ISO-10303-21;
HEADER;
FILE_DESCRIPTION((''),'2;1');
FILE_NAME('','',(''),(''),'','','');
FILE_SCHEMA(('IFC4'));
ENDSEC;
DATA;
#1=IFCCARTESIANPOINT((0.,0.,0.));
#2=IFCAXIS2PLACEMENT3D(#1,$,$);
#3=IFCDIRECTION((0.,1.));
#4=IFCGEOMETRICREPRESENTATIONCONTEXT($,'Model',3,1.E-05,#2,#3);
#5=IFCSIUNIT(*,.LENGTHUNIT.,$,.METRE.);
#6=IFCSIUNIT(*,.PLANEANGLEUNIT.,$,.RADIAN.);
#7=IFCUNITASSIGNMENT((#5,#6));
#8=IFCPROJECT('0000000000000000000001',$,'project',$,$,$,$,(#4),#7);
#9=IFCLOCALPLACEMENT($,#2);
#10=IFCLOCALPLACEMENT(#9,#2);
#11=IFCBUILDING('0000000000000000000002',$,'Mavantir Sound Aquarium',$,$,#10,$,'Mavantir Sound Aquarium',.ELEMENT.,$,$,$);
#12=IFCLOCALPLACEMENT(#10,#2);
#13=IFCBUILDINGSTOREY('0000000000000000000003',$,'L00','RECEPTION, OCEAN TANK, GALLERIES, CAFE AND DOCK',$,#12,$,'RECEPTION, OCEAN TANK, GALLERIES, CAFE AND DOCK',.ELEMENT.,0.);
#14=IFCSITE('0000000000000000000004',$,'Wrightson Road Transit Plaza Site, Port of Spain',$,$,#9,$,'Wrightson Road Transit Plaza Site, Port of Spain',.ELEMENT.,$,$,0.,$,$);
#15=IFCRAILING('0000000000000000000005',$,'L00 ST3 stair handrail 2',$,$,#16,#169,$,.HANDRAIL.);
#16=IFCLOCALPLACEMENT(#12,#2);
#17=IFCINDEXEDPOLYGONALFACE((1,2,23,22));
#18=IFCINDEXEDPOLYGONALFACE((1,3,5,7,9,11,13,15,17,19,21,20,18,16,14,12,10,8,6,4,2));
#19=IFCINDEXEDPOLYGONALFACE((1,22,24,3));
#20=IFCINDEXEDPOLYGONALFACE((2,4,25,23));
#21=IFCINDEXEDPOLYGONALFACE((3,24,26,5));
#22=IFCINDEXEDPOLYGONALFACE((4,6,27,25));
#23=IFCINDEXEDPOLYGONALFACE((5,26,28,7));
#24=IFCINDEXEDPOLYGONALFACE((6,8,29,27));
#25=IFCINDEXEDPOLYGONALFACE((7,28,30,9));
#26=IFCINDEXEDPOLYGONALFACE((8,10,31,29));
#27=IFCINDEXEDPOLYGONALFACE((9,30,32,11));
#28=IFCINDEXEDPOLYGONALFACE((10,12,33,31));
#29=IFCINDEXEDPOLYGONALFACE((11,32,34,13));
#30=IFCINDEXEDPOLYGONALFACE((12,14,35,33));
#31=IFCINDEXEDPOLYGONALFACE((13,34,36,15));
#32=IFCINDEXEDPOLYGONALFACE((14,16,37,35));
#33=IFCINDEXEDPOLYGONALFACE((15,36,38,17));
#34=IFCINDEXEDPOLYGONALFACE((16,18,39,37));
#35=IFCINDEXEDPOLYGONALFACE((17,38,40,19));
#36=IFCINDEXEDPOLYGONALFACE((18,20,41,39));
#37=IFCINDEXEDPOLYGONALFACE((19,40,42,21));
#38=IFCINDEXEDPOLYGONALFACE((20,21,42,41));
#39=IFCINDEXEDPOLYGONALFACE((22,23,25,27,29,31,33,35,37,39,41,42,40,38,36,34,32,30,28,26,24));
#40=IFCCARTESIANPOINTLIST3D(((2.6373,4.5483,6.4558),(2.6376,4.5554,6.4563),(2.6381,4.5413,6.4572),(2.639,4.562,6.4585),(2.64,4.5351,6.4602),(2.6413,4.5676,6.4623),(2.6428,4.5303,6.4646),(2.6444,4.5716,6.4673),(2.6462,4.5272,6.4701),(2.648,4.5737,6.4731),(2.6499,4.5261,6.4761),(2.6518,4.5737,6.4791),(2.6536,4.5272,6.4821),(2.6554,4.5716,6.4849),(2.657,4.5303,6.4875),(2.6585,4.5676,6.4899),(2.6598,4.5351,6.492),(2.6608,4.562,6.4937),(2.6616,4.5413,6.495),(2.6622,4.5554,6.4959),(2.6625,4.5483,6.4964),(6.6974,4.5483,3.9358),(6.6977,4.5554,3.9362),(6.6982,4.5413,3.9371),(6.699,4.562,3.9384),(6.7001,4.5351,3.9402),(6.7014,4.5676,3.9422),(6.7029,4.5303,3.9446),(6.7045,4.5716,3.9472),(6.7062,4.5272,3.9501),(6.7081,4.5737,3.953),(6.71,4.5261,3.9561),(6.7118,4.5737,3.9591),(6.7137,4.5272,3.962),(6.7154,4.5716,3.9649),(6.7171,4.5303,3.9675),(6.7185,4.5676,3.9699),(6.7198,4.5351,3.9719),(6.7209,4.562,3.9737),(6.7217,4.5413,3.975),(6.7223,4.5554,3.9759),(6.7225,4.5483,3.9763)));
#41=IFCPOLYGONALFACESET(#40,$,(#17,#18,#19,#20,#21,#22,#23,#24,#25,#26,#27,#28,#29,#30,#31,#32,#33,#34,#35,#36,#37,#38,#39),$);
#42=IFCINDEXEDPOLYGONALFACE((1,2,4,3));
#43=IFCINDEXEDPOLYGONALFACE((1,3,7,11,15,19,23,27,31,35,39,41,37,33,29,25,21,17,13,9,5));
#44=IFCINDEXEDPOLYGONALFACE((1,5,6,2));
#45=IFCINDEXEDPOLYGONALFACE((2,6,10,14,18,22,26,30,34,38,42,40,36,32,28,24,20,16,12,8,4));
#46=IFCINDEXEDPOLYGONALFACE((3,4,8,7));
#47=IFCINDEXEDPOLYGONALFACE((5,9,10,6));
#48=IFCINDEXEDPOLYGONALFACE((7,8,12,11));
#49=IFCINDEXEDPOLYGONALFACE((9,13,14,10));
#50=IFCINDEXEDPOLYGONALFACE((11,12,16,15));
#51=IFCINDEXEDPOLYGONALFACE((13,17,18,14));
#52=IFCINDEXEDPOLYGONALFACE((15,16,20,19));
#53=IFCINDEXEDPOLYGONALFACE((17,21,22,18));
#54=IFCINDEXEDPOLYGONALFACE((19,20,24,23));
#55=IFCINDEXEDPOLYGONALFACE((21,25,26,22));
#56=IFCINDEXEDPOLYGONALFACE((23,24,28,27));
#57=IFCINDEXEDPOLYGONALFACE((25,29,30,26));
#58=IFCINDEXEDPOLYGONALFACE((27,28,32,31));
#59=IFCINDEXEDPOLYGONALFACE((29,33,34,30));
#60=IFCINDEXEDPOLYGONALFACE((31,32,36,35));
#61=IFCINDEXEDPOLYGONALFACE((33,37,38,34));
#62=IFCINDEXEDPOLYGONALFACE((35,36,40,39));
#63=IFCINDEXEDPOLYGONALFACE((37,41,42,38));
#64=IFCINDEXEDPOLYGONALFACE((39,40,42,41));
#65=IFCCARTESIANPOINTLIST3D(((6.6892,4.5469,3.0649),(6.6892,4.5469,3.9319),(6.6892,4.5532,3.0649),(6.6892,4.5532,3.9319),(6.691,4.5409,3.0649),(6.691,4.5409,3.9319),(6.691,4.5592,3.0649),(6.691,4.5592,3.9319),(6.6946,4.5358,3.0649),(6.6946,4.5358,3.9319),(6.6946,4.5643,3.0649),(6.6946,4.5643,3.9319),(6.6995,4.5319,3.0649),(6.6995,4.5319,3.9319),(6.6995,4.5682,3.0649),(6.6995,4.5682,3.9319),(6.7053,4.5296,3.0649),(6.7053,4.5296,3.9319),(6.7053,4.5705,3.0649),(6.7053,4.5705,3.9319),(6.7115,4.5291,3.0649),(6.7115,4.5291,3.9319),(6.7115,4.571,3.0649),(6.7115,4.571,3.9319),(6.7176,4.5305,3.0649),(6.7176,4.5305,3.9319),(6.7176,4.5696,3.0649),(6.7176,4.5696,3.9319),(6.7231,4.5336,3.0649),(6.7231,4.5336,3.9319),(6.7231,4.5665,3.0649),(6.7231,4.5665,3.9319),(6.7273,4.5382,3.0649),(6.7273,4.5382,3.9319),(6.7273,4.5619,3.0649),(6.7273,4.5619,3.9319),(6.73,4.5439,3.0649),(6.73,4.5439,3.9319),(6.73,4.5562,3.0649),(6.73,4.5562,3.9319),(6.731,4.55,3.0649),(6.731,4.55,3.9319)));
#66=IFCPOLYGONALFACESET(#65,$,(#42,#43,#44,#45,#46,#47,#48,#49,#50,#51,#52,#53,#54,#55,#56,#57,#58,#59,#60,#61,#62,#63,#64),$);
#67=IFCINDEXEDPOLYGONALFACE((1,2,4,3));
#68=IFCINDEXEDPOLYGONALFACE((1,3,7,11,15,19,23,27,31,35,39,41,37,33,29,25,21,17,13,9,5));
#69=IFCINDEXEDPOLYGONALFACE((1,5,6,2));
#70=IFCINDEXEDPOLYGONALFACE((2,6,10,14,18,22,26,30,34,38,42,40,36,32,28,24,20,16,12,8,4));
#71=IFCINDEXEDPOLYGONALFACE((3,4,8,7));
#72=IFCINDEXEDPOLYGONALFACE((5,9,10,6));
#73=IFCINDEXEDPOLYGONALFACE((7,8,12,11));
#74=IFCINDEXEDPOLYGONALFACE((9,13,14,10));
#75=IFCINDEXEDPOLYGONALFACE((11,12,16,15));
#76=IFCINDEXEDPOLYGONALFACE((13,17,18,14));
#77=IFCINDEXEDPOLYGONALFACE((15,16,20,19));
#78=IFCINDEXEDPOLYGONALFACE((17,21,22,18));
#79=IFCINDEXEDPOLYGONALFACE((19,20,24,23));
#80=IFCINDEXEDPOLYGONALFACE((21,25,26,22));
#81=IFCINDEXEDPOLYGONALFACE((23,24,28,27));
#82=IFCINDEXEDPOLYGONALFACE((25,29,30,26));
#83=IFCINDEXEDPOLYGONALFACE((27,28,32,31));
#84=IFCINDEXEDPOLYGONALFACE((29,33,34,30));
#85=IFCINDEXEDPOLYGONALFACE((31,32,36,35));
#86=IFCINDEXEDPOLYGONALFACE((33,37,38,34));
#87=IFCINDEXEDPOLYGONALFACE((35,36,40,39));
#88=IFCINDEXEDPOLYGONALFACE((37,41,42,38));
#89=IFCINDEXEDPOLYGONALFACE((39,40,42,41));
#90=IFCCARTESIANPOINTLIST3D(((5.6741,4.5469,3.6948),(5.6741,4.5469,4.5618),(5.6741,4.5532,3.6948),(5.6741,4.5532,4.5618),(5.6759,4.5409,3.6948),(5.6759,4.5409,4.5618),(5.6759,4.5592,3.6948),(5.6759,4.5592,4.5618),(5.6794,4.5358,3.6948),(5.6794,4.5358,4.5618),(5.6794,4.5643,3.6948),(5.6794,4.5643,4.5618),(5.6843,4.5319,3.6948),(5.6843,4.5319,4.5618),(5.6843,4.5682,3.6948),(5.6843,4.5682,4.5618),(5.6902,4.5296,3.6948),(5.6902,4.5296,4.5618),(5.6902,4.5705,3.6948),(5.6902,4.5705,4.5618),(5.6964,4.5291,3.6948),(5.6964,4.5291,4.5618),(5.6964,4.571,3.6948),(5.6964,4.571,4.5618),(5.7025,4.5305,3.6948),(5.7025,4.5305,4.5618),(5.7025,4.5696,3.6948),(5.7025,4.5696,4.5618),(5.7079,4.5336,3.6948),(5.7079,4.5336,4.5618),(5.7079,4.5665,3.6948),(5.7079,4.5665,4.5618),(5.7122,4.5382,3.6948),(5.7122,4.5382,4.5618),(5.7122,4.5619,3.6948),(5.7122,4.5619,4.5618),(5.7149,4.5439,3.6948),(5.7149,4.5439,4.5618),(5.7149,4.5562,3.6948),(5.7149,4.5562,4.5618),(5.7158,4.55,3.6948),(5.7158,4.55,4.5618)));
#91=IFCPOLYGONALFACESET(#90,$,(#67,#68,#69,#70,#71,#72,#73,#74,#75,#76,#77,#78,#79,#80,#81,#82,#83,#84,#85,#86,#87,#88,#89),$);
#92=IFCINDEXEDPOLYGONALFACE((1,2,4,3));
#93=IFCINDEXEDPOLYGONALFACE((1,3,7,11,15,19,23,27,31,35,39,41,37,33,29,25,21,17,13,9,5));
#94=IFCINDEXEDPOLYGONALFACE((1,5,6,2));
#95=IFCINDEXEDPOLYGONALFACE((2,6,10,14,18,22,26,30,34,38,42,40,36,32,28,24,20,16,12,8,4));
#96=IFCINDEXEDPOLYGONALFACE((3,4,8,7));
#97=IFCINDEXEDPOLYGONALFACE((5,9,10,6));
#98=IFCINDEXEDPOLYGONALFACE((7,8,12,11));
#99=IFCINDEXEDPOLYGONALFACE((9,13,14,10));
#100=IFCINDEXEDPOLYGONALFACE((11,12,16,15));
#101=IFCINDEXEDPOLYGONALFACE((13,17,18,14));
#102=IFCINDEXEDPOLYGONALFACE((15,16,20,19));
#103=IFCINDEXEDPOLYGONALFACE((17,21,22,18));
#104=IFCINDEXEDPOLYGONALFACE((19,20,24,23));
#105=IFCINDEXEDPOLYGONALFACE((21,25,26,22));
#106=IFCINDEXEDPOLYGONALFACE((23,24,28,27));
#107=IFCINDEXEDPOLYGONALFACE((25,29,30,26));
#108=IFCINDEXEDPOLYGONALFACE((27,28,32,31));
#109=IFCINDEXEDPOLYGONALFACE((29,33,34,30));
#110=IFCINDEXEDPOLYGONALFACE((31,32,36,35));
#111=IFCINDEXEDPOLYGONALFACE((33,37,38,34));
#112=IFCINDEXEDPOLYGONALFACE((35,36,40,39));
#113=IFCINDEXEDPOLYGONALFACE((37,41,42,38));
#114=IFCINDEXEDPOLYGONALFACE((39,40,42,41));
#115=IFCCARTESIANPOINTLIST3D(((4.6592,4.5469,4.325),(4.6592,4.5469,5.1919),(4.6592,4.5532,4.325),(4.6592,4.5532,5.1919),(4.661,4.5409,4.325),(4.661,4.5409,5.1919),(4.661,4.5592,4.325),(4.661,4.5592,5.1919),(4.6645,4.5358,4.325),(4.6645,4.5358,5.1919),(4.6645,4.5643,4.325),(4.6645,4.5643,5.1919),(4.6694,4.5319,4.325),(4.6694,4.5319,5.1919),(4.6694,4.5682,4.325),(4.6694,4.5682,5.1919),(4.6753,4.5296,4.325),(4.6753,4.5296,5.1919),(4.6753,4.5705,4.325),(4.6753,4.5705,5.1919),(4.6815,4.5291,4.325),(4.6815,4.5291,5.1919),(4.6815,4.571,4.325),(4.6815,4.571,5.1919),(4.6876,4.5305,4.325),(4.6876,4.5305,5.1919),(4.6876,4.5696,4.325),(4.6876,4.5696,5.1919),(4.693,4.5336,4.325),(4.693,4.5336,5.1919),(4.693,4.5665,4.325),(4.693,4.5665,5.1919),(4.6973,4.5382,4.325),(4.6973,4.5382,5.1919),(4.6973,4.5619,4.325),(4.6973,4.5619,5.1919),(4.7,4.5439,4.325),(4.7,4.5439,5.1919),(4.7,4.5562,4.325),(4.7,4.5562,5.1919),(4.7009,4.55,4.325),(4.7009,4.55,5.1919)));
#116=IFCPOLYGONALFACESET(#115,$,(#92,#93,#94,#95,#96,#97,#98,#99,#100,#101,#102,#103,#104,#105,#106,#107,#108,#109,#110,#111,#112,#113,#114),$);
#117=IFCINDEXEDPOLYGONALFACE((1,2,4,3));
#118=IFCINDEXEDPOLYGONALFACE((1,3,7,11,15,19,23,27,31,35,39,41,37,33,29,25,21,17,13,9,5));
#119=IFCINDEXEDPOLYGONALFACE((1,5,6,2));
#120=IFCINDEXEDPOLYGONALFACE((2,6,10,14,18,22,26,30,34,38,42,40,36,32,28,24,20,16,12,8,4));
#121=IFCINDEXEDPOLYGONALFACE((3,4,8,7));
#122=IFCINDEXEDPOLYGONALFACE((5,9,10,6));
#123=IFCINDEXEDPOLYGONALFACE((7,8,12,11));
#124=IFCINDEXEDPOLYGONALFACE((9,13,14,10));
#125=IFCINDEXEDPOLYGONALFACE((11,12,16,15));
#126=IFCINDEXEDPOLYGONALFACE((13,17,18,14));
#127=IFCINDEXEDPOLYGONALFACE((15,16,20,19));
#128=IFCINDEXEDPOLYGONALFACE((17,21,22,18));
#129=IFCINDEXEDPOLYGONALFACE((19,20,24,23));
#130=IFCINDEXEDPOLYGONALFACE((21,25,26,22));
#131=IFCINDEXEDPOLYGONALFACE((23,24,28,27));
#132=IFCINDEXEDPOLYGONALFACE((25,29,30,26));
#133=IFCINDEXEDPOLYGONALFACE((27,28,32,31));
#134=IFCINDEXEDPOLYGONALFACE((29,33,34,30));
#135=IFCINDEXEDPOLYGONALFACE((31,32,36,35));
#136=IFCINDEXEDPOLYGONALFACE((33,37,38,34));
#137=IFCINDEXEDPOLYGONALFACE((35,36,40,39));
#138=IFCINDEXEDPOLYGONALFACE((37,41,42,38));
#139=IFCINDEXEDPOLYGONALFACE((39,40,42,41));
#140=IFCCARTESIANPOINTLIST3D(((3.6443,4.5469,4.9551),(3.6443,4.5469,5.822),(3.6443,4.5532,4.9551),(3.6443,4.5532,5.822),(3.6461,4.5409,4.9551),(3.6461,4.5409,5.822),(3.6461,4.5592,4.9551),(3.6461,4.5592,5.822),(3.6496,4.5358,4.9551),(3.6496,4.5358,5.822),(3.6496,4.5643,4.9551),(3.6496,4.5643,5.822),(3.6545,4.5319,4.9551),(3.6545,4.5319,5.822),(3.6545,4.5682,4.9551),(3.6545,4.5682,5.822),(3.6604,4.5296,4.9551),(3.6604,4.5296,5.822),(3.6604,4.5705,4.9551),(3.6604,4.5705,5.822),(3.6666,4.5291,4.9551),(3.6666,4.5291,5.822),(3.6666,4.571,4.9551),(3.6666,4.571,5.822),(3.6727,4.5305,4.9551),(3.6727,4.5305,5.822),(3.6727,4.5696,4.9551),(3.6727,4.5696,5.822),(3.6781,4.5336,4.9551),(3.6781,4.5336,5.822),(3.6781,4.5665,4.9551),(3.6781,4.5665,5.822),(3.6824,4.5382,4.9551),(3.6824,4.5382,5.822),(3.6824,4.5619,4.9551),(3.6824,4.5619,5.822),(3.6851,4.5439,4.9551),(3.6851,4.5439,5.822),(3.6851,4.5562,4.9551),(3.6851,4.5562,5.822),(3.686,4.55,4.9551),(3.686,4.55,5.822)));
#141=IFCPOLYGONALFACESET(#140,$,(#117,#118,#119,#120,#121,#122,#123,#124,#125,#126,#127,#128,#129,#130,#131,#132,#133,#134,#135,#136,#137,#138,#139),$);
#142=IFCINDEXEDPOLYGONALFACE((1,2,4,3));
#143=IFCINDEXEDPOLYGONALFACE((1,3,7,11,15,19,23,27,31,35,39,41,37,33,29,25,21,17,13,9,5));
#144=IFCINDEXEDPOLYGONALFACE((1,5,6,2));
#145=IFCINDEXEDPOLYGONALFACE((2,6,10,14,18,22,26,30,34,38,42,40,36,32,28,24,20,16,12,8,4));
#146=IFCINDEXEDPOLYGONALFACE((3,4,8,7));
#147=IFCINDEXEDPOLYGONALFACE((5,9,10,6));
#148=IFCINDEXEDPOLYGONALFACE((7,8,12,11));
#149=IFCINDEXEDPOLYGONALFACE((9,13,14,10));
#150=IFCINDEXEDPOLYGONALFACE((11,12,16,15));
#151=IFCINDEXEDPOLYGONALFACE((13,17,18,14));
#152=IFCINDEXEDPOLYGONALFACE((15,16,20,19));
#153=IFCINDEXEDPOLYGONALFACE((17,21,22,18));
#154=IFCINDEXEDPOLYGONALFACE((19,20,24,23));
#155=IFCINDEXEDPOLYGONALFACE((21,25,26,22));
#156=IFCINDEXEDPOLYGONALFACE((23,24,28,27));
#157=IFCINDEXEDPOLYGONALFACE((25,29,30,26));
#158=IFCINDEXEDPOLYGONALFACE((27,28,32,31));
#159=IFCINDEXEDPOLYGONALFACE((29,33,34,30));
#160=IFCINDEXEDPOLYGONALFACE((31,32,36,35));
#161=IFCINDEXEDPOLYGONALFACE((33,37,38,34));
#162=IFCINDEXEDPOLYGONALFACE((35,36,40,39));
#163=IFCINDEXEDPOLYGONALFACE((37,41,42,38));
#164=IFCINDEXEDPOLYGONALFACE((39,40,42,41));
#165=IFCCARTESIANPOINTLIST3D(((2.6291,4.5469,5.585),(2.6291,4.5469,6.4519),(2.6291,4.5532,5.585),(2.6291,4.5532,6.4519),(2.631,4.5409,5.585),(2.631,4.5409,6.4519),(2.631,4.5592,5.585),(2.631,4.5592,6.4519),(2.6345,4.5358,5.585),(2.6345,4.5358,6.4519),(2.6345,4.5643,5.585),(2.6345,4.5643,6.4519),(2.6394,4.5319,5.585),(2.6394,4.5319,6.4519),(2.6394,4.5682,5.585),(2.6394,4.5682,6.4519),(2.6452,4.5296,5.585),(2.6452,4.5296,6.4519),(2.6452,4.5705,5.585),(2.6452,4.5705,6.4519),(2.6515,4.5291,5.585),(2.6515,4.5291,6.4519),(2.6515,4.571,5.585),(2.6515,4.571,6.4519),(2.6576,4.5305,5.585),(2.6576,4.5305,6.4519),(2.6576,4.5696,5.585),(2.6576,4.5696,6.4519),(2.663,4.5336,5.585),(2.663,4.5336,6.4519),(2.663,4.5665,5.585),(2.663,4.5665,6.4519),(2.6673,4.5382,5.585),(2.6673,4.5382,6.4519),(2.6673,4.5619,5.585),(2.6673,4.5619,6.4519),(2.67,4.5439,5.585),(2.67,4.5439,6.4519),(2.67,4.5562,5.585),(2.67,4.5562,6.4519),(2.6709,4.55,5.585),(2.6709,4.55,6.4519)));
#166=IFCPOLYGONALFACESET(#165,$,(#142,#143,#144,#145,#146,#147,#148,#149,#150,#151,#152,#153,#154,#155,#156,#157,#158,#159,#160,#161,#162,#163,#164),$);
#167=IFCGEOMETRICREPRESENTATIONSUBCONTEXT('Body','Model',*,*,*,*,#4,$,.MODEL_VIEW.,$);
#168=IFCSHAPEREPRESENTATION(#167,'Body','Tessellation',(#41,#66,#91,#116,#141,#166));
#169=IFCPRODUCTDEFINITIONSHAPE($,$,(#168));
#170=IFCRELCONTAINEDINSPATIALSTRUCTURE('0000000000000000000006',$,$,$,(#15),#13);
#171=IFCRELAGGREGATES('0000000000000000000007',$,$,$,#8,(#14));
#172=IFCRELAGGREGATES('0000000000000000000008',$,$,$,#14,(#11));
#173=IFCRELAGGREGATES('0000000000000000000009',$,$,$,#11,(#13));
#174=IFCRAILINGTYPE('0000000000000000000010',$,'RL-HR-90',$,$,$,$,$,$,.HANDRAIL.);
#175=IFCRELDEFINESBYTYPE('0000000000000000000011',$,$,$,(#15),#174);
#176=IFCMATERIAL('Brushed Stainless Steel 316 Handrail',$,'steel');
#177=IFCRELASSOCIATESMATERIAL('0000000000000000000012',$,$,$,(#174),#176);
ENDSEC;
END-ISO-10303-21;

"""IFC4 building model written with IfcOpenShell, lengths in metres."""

from ifc_helpers import new_model, si_unit, direction, frame, origin, origin_2d, place, context, subcontext, project, spatial, circle, extrude, material, type_object, element, save


model = new_model("IFC4")

# Units and contexts
model_context = context("Model", 3, precision=1e-05, world=origin(), true_north=direction((0.0, 1.0)))
body_context = subcontext(model_context, "Body", "Model", "MODEL_VIEW")
ifc_project = project(units=[si_unit("LENGTHUNIT", "METRE"), si_unit("PLANEANGLEUNIT", "RADIAN")], contexts=[model_context])

# Site, building, storey
site_placement = place(None, origin())
site = spatial("IfcSite", under=ifc_project, at=site_placement, Name="Wrightson Road Transit Plaza Site, Port of Spain", LongName="Wrightson Road Transit Plaza Site, Port of Spain", CompositionType="ELEMENT", RefElevation=0.0)
building_placement = place(site_placement, origin())
building = spatial("IfcBuilding", under=site, at=building_placement, Name="Mavantir Sound Aquarium", LongName="Mavantir Sound Aquarium", CompositionType="ELEMENT")
storey_placement = place(building_placement, origin())
storey = spatial("IfcBuildingStorey", under=building, at=storey_placement, Name="L00", Description="RECEPTION, OCEAN TANK, GALLERIES, CAFE AND DOCK", LongName="RECEPTION, OCEAN TANK, GALLERIES, CAFE AND DOCK", CompositionType="ELEMENT", Elevation=0.0)

# Railing
ifc_material_1 = material(Name="Brushed Stainless Steel 316 Handrail", Category="steel")
railing_type_1 = type_object("IfcRailingType", Name="RL-HR-90", PredefinedType="HANDRAIL", material=ifc_material_1)
railing_1_placement = place(storey_placement, frame((6.71, 4.55, 3.0649)))
element("IfcRailing", 1, at=railing_1_placement, inside=storey, type_object=railing_type_1, Name="L00 ST3 stair handrail 2", PredefinedType="HANDRAIL", context=body_context, shape_type="SweptSolid", body=[
    extrude(circle(Radius=0.0239, at=origin_2d()), frame((0.0, 0.0, 0.8911), z_axis=(-0.849642, 0.0, 0.52736), x_axis=(0.0, -1.0, 0.0)), (0.0, 0.0, 1.0), 4.7786),
    extrude(circle(Radius=0.021, at=origin_2d()), origin(), (0.0, 0.0, 1.0), 0.8669),
    extrude(circle(Radius=0.021, at=origin_2d()), frame((-1.0151, 0.0, 0.6299)), (0.0, 0.0, 1.0), 0.8669),
    extrude(circle(Radius=0.021, at=origin_2d()), frame((-2.03, 0.0, 1.26)), (0.0, 0.0, 1.0), 0.8669),
    extrude(circle(Radius=0.021, at=origin_2d()), frame((-3.0449, 0.0, 1.8901)), (0.0, 0.0, 1.0), 0.8669),
    extrude(circle(Radius=0.021, at=origin_2d()), frame((-4.0601, 0.0, 2.52)), (0.0, 0.0, 1.0), 0.8669),
])

save(model, "model.ifc")
